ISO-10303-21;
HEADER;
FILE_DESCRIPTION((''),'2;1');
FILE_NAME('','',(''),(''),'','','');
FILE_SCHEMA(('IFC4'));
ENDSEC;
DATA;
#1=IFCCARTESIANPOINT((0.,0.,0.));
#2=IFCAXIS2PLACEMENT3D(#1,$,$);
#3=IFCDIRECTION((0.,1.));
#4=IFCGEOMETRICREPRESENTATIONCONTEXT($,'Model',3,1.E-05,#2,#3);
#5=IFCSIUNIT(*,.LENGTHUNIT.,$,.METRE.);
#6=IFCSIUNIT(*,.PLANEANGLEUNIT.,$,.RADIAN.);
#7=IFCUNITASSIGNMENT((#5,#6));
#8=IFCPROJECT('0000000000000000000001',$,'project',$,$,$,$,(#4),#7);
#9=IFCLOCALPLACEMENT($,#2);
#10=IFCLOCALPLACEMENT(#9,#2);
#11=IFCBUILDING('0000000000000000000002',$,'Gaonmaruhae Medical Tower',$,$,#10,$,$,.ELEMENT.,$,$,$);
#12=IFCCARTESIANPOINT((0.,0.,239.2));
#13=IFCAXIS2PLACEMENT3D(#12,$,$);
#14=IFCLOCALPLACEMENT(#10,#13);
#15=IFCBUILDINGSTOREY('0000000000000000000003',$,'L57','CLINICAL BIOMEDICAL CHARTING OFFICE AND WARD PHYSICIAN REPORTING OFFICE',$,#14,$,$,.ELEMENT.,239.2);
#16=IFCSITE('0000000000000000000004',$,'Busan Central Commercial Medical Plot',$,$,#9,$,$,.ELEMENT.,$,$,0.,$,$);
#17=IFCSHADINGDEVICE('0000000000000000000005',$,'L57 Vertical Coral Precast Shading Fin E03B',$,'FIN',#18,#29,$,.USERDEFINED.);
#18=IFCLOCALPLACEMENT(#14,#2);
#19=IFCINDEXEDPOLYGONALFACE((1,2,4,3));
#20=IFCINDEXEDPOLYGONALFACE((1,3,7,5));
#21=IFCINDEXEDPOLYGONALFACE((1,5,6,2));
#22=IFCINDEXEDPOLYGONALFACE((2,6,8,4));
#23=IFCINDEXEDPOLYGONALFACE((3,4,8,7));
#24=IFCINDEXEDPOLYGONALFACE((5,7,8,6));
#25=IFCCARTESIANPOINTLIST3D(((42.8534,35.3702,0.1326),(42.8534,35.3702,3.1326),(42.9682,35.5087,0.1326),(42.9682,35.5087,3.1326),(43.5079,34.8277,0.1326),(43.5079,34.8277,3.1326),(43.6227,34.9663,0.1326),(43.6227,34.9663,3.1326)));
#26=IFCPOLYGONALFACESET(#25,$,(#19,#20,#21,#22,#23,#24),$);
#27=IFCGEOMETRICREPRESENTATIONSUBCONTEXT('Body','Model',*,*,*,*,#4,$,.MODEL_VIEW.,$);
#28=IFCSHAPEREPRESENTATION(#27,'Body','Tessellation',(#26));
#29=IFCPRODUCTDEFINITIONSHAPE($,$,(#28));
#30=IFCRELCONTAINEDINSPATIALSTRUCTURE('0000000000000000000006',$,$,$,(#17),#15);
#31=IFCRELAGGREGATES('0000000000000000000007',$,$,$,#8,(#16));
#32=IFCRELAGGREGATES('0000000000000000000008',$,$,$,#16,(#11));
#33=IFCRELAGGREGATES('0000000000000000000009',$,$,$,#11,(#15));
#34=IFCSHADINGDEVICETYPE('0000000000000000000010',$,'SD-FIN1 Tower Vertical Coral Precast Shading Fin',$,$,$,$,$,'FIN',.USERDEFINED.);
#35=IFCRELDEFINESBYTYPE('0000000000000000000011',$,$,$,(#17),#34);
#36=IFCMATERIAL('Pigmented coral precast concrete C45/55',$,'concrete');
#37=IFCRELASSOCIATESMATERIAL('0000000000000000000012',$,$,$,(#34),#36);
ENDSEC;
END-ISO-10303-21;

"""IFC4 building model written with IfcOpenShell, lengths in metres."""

from ifc_helpers import new_model, si_unit, direction, frame, origin, origin_2d, place, context, subcontext, project, spatial, rectangle, extrude, material, type_object, element, save


model = new_model("IFC4")

# Units and contexts
model_context = context("Model", 3, precision=1e-05, world=origin(), true_north=direction((0.0, 1.0)))
body_context = subcontext(model_context, "Body", "Model", "MODEL_VIEW")
ifc_project = project(units=[si_unit("LENGTHUNIT", "METRE"), si_unit("PLANEANGLEUNIT", "RADIAN")], contexts=[model_context])

# Site, building, storey
site_placement = place(None, origin())
site = spatial("IfcSite", under=ifc_project, at=site_placement, Name="Busan Central Commercial Medical Plot", CompositionType="ELEMENT", RefElevation=0.0)
building_placement = place(site_placement, origin())
building = spatial("IfcBuilding", under=site, at=building_placement, Name="Gaonmaruhae Medical Tower", CompositionType="ELEMENT")
storey_placement = place(building_placement, frame((0.0, 0.0, 239.2)))
storey = spatial("IfcBuildingStorey", under=building, at=storey_placement, Name="L57", Description="CLINICAL BIOMEDICAL CHARTING OFFICE AND WARD PHYSICIAN REPORTING OFFICE", CompositionType="ELEMENT", Elevation=239.2)

# Shading device
ifc_material_1 = material(Name="Pigmented coral precast concrete C45/55", Category="concrete")
shading_device_type = type_object("IfcShadingDeviceType", Name="SD-FIN1 Tower Vertical Coral Precast Shading Fin", ElementType="FIN", PredefinedType="USERDEFINED", material=ifc_material_1)
for number, where, z_axis, x_axis, name in (
    (1, (43.238, 35.1682, 0.1326), (0.0, 0.0, 1.0), (0.63811, 0.769946, 0.0), "L57 Vertical Coral Precast Shading Fin E03B"),
):
    element("IfcShadingDevice", number, at=place(storey_placement, frame(where, z_axis=z_axis, x_axis=x_axis)), inside=storey, type_object=shading_device_type, Name=name, ObjectType="FIN", PredefinedType="USERDEFINED", context=body_context, shape_type="SweptSolid", body=[
        extrude(rectangle(XDim=0.1799, YDim=0.8501, at=origin_2d()), origin(), (0.0, 0.0, 1.0), 3.0),
    ])

save(model, "model.ifc")
